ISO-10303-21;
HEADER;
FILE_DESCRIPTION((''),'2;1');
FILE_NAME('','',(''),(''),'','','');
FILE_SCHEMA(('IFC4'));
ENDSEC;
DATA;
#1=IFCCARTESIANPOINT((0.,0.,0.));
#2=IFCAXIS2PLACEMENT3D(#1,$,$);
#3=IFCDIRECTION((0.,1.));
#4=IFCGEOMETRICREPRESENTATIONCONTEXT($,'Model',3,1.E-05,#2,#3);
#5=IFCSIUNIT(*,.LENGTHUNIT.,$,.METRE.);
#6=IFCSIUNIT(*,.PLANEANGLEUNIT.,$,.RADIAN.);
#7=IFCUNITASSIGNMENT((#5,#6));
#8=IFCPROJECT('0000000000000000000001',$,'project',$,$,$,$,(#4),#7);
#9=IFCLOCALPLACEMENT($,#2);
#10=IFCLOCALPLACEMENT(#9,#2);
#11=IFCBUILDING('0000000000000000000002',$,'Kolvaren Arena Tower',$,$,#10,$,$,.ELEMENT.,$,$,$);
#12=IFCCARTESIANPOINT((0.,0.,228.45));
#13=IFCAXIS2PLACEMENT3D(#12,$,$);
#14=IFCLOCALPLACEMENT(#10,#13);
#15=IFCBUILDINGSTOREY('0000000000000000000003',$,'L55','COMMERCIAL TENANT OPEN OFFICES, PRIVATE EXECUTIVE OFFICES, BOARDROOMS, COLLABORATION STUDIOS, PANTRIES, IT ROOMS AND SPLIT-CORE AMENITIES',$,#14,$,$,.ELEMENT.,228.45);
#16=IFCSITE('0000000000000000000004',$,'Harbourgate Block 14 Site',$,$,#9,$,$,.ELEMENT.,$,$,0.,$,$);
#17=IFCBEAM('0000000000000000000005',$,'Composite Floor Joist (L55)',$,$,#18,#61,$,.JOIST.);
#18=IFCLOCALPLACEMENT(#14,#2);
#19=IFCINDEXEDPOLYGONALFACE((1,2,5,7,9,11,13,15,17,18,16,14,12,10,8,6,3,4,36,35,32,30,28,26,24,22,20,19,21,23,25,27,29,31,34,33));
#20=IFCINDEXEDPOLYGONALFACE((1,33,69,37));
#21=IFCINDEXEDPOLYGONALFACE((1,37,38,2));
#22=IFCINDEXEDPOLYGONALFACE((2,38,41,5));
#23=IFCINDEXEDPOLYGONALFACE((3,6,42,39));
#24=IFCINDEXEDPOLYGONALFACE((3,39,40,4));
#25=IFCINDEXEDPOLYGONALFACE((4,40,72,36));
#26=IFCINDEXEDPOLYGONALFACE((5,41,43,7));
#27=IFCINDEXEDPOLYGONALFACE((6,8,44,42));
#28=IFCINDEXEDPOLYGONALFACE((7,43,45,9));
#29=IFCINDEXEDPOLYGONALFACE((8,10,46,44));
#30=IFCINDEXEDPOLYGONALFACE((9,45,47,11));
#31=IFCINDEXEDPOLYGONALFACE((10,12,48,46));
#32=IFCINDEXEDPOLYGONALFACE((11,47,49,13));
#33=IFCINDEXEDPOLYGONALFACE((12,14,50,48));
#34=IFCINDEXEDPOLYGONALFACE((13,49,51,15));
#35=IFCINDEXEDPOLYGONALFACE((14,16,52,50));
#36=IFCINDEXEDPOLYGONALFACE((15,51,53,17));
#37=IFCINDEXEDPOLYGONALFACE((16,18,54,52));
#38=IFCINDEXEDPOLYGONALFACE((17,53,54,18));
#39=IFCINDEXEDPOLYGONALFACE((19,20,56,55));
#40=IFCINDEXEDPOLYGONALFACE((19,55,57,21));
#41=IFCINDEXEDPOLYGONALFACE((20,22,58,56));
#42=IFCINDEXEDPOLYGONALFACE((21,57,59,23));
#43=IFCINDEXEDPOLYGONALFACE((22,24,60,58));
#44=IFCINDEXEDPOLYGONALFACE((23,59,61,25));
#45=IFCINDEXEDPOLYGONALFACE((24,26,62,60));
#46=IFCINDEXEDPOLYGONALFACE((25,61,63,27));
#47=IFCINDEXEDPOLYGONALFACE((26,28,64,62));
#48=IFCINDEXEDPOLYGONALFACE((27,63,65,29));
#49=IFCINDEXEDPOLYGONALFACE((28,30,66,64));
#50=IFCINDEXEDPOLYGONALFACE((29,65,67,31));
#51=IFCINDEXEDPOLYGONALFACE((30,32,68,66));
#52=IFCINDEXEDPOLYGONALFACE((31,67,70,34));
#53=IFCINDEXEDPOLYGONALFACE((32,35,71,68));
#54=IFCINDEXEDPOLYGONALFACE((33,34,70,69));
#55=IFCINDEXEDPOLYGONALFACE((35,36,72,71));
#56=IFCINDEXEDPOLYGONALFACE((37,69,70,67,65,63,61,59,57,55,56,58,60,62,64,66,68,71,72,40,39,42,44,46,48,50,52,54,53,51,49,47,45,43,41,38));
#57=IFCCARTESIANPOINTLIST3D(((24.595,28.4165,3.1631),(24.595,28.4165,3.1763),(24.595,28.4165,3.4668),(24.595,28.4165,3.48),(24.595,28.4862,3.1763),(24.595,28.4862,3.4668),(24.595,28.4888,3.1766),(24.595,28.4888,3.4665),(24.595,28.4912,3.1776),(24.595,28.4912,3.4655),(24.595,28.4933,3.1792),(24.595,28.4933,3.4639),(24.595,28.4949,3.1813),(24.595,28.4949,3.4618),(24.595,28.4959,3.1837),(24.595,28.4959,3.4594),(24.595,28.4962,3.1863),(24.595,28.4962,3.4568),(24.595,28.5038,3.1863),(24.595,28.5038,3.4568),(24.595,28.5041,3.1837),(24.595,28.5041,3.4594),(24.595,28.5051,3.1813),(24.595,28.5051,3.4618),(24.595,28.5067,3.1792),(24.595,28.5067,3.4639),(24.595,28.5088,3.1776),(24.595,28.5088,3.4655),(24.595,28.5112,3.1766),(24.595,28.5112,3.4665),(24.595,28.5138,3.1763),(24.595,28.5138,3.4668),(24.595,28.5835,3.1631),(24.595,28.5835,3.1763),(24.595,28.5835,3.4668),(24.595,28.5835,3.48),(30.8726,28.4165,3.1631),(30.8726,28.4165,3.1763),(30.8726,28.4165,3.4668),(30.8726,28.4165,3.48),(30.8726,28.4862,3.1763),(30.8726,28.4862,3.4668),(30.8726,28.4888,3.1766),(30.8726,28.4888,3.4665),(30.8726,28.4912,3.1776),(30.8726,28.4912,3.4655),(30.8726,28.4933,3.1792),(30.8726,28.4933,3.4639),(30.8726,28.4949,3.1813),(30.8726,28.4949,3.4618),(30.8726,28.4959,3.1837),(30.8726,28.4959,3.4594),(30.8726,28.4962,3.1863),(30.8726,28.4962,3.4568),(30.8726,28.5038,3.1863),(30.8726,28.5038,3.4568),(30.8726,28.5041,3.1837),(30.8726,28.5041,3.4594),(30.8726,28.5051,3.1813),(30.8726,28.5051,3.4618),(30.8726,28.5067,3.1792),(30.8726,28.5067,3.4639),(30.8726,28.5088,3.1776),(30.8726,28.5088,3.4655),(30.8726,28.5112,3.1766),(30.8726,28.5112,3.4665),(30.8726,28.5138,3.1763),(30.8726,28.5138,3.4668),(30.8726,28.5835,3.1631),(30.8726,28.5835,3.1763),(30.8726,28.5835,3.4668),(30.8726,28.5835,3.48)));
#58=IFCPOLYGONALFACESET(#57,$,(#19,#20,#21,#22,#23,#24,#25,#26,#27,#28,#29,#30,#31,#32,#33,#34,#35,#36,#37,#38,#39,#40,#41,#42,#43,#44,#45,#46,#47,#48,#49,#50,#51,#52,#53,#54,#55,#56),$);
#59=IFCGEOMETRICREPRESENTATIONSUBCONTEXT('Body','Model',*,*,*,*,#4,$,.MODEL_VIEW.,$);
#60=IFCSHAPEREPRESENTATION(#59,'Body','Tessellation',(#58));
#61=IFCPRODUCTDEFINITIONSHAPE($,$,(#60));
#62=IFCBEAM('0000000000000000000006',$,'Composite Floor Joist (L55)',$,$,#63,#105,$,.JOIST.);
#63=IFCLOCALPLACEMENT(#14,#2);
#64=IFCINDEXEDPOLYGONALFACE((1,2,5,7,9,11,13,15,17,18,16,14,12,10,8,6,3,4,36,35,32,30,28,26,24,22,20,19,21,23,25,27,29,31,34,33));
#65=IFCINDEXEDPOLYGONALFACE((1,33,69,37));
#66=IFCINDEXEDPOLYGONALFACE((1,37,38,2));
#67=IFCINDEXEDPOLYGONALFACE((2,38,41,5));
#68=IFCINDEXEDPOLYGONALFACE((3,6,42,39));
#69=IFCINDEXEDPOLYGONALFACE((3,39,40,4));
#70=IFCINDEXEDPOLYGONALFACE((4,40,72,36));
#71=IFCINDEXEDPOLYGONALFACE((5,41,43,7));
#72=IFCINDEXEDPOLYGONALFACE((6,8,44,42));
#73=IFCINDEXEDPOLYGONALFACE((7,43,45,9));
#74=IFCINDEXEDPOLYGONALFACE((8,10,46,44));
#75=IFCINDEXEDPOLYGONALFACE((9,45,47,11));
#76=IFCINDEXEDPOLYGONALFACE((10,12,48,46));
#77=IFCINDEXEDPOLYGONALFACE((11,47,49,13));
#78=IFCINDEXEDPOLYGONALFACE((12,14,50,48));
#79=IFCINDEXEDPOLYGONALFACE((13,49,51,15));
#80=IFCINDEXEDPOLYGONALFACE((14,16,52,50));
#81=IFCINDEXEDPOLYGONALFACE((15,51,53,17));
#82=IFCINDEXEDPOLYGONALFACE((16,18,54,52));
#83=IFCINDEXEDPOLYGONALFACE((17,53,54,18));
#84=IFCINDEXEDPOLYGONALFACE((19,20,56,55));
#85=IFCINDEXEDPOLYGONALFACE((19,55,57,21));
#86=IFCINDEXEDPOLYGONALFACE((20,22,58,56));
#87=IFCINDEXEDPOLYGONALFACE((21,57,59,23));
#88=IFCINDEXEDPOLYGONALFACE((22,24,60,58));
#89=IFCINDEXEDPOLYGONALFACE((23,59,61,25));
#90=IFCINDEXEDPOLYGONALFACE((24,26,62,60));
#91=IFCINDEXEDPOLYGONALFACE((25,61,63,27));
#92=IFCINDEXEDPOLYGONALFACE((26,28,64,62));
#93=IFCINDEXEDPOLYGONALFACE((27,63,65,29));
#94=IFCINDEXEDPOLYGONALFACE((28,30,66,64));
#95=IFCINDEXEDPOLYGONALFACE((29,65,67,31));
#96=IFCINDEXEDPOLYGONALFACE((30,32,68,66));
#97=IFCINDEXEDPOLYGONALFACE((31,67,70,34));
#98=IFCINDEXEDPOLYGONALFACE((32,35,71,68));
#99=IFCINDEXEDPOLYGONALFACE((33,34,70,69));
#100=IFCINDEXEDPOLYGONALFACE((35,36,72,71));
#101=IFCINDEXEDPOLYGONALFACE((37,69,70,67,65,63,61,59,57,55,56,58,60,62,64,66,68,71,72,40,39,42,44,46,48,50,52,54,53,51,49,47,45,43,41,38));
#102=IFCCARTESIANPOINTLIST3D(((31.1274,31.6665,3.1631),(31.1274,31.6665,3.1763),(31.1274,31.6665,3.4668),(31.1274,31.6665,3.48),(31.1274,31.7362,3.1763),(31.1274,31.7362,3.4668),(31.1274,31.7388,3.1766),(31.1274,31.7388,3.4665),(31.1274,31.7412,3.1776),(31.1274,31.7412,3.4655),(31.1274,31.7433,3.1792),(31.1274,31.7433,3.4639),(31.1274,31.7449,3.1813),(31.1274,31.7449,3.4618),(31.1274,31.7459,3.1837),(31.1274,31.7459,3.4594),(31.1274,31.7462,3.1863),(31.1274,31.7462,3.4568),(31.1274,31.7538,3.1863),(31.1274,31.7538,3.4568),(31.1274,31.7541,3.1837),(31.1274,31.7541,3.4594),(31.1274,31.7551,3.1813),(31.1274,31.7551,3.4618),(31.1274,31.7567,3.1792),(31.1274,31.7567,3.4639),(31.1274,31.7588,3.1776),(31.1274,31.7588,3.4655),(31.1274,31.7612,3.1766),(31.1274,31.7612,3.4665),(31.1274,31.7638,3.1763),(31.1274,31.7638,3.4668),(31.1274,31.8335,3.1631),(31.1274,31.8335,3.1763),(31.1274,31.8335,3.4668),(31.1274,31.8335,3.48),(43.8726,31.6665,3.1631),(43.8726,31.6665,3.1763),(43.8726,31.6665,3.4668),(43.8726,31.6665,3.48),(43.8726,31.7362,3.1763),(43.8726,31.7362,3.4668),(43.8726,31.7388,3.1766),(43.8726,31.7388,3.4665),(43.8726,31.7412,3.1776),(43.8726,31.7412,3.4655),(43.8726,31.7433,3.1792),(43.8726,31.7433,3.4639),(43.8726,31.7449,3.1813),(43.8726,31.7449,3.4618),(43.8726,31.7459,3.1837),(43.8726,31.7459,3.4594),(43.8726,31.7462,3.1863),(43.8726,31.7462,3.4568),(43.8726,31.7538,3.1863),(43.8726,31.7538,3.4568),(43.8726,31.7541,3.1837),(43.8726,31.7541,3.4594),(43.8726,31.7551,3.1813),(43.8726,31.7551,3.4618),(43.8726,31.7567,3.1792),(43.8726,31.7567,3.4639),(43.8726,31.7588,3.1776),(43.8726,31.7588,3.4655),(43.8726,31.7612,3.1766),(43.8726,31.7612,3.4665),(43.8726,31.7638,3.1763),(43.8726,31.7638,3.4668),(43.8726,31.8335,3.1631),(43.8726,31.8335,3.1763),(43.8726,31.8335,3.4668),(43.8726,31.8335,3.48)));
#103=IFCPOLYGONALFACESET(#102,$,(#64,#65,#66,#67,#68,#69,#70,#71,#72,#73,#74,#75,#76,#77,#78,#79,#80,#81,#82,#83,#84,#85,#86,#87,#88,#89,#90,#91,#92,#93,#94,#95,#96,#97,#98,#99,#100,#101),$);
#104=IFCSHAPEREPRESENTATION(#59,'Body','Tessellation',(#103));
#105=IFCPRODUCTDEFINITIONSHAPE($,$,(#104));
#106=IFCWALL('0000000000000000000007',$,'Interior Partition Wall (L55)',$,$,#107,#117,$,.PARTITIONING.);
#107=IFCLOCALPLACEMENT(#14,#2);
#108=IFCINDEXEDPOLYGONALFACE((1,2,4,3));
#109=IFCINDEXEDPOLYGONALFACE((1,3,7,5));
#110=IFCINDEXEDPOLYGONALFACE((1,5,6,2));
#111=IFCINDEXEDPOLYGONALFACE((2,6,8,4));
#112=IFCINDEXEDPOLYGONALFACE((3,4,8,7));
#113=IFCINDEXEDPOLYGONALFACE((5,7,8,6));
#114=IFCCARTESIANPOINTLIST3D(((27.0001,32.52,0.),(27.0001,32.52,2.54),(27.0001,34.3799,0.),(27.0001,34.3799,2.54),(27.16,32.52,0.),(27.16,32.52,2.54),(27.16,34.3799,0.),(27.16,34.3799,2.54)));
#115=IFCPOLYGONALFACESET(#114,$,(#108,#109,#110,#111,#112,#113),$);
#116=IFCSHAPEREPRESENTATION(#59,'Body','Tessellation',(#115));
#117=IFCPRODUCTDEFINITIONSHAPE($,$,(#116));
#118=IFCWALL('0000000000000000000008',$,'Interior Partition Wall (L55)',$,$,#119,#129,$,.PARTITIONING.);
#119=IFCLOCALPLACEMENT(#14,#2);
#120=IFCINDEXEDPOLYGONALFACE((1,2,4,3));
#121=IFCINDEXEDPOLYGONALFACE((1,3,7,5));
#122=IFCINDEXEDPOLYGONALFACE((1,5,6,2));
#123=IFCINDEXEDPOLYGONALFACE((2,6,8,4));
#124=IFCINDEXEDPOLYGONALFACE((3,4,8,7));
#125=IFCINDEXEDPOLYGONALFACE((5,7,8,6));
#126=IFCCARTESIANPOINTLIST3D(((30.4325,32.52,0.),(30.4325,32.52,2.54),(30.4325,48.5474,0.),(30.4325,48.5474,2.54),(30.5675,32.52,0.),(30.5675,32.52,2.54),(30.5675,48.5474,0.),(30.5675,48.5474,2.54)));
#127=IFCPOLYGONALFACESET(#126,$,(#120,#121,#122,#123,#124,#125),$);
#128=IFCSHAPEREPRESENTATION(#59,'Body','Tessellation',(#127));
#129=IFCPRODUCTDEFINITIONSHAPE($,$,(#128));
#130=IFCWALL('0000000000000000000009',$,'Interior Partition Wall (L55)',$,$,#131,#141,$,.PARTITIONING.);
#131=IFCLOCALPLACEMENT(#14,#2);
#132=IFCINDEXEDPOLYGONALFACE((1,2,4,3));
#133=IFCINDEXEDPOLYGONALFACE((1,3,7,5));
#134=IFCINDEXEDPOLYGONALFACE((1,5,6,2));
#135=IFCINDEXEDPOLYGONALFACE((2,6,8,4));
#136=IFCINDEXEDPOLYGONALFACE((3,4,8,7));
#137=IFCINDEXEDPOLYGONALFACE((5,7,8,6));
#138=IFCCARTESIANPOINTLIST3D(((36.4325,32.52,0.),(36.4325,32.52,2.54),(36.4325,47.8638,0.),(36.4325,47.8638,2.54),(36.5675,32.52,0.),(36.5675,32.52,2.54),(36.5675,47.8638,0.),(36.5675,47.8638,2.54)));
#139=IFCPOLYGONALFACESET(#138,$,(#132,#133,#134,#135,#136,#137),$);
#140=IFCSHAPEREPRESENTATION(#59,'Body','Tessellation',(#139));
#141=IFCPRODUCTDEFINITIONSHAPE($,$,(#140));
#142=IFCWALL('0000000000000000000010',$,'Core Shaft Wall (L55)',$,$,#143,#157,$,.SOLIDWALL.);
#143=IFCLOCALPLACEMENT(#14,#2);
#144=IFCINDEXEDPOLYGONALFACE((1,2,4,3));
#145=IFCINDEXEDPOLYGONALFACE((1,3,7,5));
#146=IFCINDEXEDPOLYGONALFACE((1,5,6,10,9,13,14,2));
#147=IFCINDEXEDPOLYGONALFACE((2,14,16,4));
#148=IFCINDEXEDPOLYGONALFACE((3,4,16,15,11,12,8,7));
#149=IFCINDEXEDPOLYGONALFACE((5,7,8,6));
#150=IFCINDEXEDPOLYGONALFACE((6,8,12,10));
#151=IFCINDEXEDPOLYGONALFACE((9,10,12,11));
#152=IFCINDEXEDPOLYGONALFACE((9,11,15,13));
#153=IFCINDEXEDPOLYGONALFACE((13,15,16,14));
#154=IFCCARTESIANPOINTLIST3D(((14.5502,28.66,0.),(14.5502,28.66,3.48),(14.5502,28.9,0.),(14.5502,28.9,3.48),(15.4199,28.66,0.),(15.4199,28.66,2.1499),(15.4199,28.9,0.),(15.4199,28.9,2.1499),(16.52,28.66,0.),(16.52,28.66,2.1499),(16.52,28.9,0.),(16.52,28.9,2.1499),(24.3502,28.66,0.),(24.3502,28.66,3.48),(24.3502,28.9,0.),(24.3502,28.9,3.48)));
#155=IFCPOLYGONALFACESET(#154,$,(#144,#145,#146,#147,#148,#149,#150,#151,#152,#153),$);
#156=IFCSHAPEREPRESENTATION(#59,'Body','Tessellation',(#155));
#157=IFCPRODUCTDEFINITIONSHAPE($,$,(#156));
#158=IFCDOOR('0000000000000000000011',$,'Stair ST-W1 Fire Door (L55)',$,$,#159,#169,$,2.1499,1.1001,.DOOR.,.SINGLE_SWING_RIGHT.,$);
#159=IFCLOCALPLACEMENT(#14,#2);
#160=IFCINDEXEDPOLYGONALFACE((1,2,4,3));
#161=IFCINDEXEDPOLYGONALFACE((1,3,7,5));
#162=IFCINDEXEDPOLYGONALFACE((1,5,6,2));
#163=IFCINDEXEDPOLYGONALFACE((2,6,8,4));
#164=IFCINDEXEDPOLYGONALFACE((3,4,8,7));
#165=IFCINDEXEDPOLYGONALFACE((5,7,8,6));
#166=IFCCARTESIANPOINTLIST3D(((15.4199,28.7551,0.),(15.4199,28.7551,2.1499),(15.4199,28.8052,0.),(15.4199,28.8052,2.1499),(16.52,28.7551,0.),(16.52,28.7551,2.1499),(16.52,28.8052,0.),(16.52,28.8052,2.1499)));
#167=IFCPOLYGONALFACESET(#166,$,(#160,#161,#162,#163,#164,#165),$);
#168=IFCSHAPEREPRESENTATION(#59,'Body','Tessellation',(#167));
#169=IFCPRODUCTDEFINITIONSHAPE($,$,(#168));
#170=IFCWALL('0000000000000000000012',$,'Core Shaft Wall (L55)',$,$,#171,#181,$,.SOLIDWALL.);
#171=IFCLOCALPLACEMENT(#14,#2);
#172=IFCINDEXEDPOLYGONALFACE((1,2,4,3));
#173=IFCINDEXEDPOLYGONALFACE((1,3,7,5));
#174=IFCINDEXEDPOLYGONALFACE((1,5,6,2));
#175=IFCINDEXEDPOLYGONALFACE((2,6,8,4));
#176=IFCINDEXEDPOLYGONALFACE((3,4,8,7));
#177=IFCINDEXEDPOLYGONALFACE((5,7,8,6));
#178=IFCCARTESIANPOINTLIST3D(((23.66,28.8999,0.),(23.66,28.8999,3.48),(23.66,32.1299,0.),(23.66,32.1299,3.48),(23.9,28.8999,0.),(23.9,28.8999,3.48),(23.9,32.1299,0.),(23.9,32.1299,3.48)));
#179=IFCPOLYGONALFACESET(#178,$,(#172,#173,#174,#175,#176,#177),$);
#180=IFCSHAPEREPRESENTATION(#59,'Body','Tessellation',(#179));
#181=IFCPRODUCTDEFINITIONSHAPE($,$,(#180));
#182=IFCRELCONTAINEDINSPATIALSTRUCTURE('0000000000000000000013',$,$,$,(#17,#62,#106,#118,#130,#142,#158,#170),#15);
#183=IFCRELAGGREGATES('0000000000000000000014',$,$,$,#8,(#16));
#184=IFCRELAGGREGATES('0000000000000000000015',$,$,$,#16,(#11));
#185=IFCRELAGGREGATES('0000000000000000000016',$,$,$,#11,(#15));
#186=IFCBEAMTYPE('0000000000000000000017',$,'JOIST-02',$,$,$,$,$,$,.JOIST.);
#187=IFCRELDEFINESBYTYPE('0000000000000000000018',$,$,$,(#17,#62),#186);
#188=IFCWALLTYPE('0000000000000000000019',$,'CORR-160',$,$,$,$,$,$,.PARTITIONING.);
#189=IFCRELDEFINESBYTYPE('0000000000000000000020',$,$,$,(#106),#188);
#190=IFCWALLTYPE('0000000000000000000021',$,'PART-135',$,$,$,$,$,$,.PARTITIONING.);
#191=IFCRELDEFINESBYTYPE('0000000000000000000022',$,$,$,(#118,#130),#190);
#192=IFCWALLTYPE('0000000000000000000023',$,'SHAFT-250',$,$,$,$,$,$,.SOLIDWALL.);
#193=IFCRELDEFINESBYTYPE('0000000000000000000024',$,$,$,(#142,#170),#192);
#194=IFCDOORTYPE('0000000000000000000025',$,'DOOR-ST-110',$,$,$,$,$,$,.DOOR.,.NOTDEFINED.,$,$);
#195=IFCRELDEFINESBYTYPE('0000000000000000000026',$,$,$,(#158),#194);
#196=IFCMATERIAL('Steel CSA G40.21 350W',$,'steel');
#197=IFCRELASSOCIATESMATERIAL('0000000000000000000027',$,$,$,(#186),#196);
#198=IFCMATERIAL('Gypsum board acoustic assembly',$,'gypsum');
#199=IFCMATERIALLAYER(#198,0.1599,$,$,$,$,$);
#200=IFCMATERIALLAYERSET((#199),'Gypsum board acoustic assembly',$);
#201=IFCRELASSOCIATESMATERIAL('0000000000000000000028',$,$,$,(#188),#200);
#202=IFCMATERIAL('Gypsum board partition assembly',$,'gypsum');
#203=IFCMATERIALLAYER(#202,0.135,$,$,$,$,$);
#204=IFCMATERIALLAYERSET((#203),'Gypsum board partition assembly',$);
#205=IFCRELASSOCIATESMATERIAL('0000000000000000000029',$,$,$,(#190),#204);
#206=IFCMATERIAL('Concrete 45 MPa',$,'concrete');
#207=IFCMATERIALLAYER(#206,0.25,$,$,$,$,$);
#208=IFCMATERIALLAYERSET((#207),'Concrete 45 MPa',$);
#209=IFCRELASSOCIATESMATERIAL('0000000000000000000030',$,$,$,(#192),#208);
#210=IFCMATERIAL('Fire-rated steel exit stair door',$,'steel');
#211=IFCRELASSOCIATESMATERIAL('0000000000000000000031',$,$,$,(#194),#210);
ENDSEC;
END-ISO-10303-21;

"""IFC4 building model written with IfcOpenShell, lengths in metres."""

from ifc_helpers import new_model, si_unit, direction, frame, frame_2d, origin, origin_2d, place, context, subcontext, project, spatial, rectangle, i_section, extrude, material, layer, layer_set, material_profile, profile_set, type_object, element, fill, save


model = new_model("IFC4")

# Units and contexts
model_context = context("Model", 3, precision=1e-05, world=origin(), true_north=direction((0.0, 1.0)))
body_context = subcontext(model_context, "Body", "Model", "MODEL_VIEW")
ifc_project = project(units=[si_unit("LENGTHUNIT", "METRE"), si_unit("PLANEANGLEUNIT", "RADIAN")], contexts=[model_context])

# Site, building, storey
site_placement = place(None, origin())
site = spatial("IfcSite", under=ifc_project, at=site_placement, Name="Harbourgate Block 14 Site", CompositionType="ELEMENT", RefElevation=0.0)
building_placement = place(site_placement, origin())
building = spatial("IfcBuilding", under=site, at=building_placement, Name="Kolvaren Arena Tower", CompositionType="ELEMENT")
storey_placement = place(building_placement, frame((0.0, 0.0, 228.45)))
storey = spatial("IfcBuildingStorey", under=building, at=storey_placement, Name="L55", Description="COMMERCIAL TENANT OPEN OFFICES, PRIVATE EXECUTIVE OFFICES, BOARDROOMS, COLLABORATION STUDIOS, PANTRIES, IT ROOMS AND SPLIT-CORE AMENITIES", CompositionType="ELEMENT", Elevation=228.45)

# Beams
ifc_material_1 = material(Name="Steel CSA G40.21 350W", Category="steel")
ifc_material_profile_1 = material_profile(ifc_material_1, i_section(OverallWidth=0.167, OverallDepth=0.3169, WebThickness=0.0076, FlangeThickness=0.0132, FilletRadius=0.01, at=origin_2d()), Name="W310x52")
ifc_profile_set_1 = profile_set([ifc_material_profile_1], Name="Steel CSA G40.21 350W")
beam_type_1 = type_object("IfcBeamType", Name="JOIST-02", PredefinedType="JOIST", material=ifc_profile_set_1)
beam_1_placement = place(storey_placement, frame((24.595, 28.5, 3.3215), z_axis=(1.0, 0.0, 0.0), x_axis=(0.0, 1.0, 0.0)))
element("IfcBeam", 1, at=beam_1_placement, inside=storey, type_object=beam_type_1, Name="Composite Floor Joist (L55)", PredefinedType="JOIST", context=body_context, shape_type="SweptSolid", body=[
    extrude(i_section(OverallWidth=0.167, OverallDepth=0.3169, WebThickness=0.0076, FlangeThickness=0.0132, FilletRadius=0.01, at=origin_2d()), origin(), (0.0, 0.0, 1.0), 6.2776),
])
beam_2_placement = place(storey_placement, frame((31.1274, 31.75, 3.3215), z_axis=(1.0, 0.0, 0.0), x_axis=(0.0, 1.0, 0.0)))
element("IfcBeam", 2, at=beam_2_placement, inside=storey, type_object=beam_type_1, Name="Composite Floor Joist (L55)", PredefinedType="JOIST", context=body_context, shape_type="SweptSolid", body=[
    extrude(i_section(OverallWidth=0.167, OverallDepth=0.3169, WebThickness=0.0076, FlangeThickness=0.0132, FilletRadius=0.01, at=origin_2d()), origin(), (0.0, 0.0, 1.0), 12.7451),
])

# Shared definitions
ifc_material_2 = material(Name="Gypsum board acoustic assembly", Category="gypsum")
ifc_layer_1 = layer(ifc_material_2, 0.1599)
ifc_layer_set_1 = layer_set([ifc_layer_1], Name="Gypsum board acoustic assembly")
wall_type_1 = type_object("IfcWallType", Name="CORR-160", PredefinedType="PARTITIONING", material=ifc_layer_set_1)

# Wall
wall_1_placement = place(storey_placement, frame((27.0801, 32.52, 0.0), z_axis=(0.0, 0.0, 1.0), x_axis=(0.0, 1.0, 0.0)))
element("IfcWall", 3, at=wall_1_placement, inside=storey, type_object=wall_type_1, Name="Interior Partition Wall (L55)", PredefinedType="PARTITIONING", context=body_context, shape_type="SweptSolid", body=[
    extrude(rectangle(XDim=1.8599, YDim=0.1599, at=frame_2d((0.9299, 0.0))), origin(), (0.0, 0.0, 1.0), 2.54),
])

# Walls
ifc_material_3 = material(Name="Gypsum board partition assembly", Category="gypsum")
ifc_layer_2 = layer(ifc_material_3, 0.135)
ifc_layer_set_2 = layer_set([ifc_layer_2], Name="Gypsum board partition assembly")
wall_type_2 = type_object("IfcWallType", Name="PART-135", PredefinedType="PARTITIONING", material=ifc_layer_set_2)
wall_2_placement = place(storey_placement, frame((30.5, 32.52, 0.0), z_axis=(0.0, 0.0, 1.0), x_axis=(0.0, 1.0, 0.0)))
element("IfcWall", 4, at=wall_2_placement, inside=storey, type_object=wall_type_2, Name="Interior Partition Wall (L55)", PredefinedType="PARTITIONING", context=body_context, shape_type="SweptSolid", body=[
    extrude(rectangle(XDim=16.0273, YDim=0.135, at=frame_2d((8.0137, 0.0))), origin(), (0.0, 0.0, 1.0), 2.54),
])
wall_3_placement = place(storey_placement, frame((36.5, 32.52, 0.0), z_axis=(0.0, 0.0, 1.0), x_axis=(0.0, 1.0, 0.0)))
element("IfcWall", 5, at=wall_3_placement, inside=storey, type_object=wall_type_2, Name="Interior Partition Wall (L55)", PredefinedType="PARTITIONING", context=body_context, shape_type="SweptSolid", body=[
    extrude(rectangle(XDim=15.3438, YDim=0.135, at=frame_2d((7.6719, 0.0))), origin(), (0.0, 0.0, 1.0), 2.54),
])

# Wall, opening, door
ifc_material_4 = material(Name="Concrete 45 MPa", Category="concrete")
ifc_layer_3 = layer(ifc_material_4, 0.25)
ifc_layer_set_3 = layer_set([ifc_layer_3], Name="Concrete 45 MPa")
wall_type_3 = type_object("IfcWallType", Name="SHAFT-250", PredefinedType="SOLIDWALL", material=ifc_layer_set_3)
wall_4_placement = place(storey_placement, frame((24.3501, 28.78, 0.0), z_axis=(0.0, 0.0, 1.0), x_axis=(-1.0, 0.0, 0.0)))
wall_4 = element("IfcWall", 6, at=wall_4_placement, inside=storey, type_object=wall_type_3, Name="Core Shaft Wall (L55)", PredefinedType="SOLIDWALL", context=body_context, shape_type="SweptSolid", body=[
    extrude(rectangle(XDim=9.8, YDim=0.24, at=frame_2d((4.8999, 0.0))), origin(), (0.0, 0.0, 1.0), 3.48),
])
opening_1_placement = place(wall_4_placement, frame((7.8301, 0.0, 0.0)))
opening_1 = element("IfcOpeningElement", 7, at=opening_1_placement, cuts=wall_4, PredefinedType="OPENING", context=body_context, shape_type="SweptSolid", body=[
    extrude(rectangle(XDim=1.1001, YDim=2.1499, at=frame_2d((0.55, 1.075))), frame((0.0, 0.1299, 0.0), z_axis=(0.0, -1.0, 0.0), x_axis=(1.0, 0.0, 0.0)), (0.0, 0.0, 1.0), 0.26),
])
ifc_material_5 = material(Name="Fire-rated steel exit stair door", Category="steel")
door_type_1 = type_object("IfcDoorType", Name="DOOR-ST-110", OperationType="NOTDEFINED", PredefinedType="DOOR", material=ifc_material_5)
door_1_placement = place(opening_1_placement, origin())
door_1 = element("IfcDoor", 8, at=door_1_placement, inside=storey, type_object=door_type_1, Name="Stair ST-W1 Fire Door (L55)", OperationType="SINGLE_SWING_RIGHT", OverallHeight=2.1499, OverallWidth=1.1001, PredefinedType="DOOR", context=body_context, shape_type="SweptSolid", body=[
    extrude(rectangle(XDim=1.1001, YDim=2.1499, at=frame_2d((0.55, 1.075))), frame((0.0, 0.0249, 0.0), z_axis=(0.0, -1.0, 0.0), x_axis=(1.0, 0.0, 0.0)), (0.0, 0.0, 1.0), 0.05),
])
fill(opening_1, door_1)

# Wall
wall_5_placement = place(storey_placement, frame((23.78, 28.8999, 0.0), z_axis=(0.0, 0.0, 1.0), x_axis=(0.0, 1.0, 0.0)))
element("IfcWall", 9, at=wall_5_placement, inside=storey, type_object=wall_type_3, Name="Core Shaft Wall (L55)", PredefinedType="SOLIDWALL", context=body_context, shape_type="SweptSolid", body=[
    extrude(rectangle(XDim=3.23, YDim=0.24, at=frame_2d((1.615, 0.0))), origin(), (0.0, 0.0, 1.0), 3.48),
])

save(model, "model.ifc")
